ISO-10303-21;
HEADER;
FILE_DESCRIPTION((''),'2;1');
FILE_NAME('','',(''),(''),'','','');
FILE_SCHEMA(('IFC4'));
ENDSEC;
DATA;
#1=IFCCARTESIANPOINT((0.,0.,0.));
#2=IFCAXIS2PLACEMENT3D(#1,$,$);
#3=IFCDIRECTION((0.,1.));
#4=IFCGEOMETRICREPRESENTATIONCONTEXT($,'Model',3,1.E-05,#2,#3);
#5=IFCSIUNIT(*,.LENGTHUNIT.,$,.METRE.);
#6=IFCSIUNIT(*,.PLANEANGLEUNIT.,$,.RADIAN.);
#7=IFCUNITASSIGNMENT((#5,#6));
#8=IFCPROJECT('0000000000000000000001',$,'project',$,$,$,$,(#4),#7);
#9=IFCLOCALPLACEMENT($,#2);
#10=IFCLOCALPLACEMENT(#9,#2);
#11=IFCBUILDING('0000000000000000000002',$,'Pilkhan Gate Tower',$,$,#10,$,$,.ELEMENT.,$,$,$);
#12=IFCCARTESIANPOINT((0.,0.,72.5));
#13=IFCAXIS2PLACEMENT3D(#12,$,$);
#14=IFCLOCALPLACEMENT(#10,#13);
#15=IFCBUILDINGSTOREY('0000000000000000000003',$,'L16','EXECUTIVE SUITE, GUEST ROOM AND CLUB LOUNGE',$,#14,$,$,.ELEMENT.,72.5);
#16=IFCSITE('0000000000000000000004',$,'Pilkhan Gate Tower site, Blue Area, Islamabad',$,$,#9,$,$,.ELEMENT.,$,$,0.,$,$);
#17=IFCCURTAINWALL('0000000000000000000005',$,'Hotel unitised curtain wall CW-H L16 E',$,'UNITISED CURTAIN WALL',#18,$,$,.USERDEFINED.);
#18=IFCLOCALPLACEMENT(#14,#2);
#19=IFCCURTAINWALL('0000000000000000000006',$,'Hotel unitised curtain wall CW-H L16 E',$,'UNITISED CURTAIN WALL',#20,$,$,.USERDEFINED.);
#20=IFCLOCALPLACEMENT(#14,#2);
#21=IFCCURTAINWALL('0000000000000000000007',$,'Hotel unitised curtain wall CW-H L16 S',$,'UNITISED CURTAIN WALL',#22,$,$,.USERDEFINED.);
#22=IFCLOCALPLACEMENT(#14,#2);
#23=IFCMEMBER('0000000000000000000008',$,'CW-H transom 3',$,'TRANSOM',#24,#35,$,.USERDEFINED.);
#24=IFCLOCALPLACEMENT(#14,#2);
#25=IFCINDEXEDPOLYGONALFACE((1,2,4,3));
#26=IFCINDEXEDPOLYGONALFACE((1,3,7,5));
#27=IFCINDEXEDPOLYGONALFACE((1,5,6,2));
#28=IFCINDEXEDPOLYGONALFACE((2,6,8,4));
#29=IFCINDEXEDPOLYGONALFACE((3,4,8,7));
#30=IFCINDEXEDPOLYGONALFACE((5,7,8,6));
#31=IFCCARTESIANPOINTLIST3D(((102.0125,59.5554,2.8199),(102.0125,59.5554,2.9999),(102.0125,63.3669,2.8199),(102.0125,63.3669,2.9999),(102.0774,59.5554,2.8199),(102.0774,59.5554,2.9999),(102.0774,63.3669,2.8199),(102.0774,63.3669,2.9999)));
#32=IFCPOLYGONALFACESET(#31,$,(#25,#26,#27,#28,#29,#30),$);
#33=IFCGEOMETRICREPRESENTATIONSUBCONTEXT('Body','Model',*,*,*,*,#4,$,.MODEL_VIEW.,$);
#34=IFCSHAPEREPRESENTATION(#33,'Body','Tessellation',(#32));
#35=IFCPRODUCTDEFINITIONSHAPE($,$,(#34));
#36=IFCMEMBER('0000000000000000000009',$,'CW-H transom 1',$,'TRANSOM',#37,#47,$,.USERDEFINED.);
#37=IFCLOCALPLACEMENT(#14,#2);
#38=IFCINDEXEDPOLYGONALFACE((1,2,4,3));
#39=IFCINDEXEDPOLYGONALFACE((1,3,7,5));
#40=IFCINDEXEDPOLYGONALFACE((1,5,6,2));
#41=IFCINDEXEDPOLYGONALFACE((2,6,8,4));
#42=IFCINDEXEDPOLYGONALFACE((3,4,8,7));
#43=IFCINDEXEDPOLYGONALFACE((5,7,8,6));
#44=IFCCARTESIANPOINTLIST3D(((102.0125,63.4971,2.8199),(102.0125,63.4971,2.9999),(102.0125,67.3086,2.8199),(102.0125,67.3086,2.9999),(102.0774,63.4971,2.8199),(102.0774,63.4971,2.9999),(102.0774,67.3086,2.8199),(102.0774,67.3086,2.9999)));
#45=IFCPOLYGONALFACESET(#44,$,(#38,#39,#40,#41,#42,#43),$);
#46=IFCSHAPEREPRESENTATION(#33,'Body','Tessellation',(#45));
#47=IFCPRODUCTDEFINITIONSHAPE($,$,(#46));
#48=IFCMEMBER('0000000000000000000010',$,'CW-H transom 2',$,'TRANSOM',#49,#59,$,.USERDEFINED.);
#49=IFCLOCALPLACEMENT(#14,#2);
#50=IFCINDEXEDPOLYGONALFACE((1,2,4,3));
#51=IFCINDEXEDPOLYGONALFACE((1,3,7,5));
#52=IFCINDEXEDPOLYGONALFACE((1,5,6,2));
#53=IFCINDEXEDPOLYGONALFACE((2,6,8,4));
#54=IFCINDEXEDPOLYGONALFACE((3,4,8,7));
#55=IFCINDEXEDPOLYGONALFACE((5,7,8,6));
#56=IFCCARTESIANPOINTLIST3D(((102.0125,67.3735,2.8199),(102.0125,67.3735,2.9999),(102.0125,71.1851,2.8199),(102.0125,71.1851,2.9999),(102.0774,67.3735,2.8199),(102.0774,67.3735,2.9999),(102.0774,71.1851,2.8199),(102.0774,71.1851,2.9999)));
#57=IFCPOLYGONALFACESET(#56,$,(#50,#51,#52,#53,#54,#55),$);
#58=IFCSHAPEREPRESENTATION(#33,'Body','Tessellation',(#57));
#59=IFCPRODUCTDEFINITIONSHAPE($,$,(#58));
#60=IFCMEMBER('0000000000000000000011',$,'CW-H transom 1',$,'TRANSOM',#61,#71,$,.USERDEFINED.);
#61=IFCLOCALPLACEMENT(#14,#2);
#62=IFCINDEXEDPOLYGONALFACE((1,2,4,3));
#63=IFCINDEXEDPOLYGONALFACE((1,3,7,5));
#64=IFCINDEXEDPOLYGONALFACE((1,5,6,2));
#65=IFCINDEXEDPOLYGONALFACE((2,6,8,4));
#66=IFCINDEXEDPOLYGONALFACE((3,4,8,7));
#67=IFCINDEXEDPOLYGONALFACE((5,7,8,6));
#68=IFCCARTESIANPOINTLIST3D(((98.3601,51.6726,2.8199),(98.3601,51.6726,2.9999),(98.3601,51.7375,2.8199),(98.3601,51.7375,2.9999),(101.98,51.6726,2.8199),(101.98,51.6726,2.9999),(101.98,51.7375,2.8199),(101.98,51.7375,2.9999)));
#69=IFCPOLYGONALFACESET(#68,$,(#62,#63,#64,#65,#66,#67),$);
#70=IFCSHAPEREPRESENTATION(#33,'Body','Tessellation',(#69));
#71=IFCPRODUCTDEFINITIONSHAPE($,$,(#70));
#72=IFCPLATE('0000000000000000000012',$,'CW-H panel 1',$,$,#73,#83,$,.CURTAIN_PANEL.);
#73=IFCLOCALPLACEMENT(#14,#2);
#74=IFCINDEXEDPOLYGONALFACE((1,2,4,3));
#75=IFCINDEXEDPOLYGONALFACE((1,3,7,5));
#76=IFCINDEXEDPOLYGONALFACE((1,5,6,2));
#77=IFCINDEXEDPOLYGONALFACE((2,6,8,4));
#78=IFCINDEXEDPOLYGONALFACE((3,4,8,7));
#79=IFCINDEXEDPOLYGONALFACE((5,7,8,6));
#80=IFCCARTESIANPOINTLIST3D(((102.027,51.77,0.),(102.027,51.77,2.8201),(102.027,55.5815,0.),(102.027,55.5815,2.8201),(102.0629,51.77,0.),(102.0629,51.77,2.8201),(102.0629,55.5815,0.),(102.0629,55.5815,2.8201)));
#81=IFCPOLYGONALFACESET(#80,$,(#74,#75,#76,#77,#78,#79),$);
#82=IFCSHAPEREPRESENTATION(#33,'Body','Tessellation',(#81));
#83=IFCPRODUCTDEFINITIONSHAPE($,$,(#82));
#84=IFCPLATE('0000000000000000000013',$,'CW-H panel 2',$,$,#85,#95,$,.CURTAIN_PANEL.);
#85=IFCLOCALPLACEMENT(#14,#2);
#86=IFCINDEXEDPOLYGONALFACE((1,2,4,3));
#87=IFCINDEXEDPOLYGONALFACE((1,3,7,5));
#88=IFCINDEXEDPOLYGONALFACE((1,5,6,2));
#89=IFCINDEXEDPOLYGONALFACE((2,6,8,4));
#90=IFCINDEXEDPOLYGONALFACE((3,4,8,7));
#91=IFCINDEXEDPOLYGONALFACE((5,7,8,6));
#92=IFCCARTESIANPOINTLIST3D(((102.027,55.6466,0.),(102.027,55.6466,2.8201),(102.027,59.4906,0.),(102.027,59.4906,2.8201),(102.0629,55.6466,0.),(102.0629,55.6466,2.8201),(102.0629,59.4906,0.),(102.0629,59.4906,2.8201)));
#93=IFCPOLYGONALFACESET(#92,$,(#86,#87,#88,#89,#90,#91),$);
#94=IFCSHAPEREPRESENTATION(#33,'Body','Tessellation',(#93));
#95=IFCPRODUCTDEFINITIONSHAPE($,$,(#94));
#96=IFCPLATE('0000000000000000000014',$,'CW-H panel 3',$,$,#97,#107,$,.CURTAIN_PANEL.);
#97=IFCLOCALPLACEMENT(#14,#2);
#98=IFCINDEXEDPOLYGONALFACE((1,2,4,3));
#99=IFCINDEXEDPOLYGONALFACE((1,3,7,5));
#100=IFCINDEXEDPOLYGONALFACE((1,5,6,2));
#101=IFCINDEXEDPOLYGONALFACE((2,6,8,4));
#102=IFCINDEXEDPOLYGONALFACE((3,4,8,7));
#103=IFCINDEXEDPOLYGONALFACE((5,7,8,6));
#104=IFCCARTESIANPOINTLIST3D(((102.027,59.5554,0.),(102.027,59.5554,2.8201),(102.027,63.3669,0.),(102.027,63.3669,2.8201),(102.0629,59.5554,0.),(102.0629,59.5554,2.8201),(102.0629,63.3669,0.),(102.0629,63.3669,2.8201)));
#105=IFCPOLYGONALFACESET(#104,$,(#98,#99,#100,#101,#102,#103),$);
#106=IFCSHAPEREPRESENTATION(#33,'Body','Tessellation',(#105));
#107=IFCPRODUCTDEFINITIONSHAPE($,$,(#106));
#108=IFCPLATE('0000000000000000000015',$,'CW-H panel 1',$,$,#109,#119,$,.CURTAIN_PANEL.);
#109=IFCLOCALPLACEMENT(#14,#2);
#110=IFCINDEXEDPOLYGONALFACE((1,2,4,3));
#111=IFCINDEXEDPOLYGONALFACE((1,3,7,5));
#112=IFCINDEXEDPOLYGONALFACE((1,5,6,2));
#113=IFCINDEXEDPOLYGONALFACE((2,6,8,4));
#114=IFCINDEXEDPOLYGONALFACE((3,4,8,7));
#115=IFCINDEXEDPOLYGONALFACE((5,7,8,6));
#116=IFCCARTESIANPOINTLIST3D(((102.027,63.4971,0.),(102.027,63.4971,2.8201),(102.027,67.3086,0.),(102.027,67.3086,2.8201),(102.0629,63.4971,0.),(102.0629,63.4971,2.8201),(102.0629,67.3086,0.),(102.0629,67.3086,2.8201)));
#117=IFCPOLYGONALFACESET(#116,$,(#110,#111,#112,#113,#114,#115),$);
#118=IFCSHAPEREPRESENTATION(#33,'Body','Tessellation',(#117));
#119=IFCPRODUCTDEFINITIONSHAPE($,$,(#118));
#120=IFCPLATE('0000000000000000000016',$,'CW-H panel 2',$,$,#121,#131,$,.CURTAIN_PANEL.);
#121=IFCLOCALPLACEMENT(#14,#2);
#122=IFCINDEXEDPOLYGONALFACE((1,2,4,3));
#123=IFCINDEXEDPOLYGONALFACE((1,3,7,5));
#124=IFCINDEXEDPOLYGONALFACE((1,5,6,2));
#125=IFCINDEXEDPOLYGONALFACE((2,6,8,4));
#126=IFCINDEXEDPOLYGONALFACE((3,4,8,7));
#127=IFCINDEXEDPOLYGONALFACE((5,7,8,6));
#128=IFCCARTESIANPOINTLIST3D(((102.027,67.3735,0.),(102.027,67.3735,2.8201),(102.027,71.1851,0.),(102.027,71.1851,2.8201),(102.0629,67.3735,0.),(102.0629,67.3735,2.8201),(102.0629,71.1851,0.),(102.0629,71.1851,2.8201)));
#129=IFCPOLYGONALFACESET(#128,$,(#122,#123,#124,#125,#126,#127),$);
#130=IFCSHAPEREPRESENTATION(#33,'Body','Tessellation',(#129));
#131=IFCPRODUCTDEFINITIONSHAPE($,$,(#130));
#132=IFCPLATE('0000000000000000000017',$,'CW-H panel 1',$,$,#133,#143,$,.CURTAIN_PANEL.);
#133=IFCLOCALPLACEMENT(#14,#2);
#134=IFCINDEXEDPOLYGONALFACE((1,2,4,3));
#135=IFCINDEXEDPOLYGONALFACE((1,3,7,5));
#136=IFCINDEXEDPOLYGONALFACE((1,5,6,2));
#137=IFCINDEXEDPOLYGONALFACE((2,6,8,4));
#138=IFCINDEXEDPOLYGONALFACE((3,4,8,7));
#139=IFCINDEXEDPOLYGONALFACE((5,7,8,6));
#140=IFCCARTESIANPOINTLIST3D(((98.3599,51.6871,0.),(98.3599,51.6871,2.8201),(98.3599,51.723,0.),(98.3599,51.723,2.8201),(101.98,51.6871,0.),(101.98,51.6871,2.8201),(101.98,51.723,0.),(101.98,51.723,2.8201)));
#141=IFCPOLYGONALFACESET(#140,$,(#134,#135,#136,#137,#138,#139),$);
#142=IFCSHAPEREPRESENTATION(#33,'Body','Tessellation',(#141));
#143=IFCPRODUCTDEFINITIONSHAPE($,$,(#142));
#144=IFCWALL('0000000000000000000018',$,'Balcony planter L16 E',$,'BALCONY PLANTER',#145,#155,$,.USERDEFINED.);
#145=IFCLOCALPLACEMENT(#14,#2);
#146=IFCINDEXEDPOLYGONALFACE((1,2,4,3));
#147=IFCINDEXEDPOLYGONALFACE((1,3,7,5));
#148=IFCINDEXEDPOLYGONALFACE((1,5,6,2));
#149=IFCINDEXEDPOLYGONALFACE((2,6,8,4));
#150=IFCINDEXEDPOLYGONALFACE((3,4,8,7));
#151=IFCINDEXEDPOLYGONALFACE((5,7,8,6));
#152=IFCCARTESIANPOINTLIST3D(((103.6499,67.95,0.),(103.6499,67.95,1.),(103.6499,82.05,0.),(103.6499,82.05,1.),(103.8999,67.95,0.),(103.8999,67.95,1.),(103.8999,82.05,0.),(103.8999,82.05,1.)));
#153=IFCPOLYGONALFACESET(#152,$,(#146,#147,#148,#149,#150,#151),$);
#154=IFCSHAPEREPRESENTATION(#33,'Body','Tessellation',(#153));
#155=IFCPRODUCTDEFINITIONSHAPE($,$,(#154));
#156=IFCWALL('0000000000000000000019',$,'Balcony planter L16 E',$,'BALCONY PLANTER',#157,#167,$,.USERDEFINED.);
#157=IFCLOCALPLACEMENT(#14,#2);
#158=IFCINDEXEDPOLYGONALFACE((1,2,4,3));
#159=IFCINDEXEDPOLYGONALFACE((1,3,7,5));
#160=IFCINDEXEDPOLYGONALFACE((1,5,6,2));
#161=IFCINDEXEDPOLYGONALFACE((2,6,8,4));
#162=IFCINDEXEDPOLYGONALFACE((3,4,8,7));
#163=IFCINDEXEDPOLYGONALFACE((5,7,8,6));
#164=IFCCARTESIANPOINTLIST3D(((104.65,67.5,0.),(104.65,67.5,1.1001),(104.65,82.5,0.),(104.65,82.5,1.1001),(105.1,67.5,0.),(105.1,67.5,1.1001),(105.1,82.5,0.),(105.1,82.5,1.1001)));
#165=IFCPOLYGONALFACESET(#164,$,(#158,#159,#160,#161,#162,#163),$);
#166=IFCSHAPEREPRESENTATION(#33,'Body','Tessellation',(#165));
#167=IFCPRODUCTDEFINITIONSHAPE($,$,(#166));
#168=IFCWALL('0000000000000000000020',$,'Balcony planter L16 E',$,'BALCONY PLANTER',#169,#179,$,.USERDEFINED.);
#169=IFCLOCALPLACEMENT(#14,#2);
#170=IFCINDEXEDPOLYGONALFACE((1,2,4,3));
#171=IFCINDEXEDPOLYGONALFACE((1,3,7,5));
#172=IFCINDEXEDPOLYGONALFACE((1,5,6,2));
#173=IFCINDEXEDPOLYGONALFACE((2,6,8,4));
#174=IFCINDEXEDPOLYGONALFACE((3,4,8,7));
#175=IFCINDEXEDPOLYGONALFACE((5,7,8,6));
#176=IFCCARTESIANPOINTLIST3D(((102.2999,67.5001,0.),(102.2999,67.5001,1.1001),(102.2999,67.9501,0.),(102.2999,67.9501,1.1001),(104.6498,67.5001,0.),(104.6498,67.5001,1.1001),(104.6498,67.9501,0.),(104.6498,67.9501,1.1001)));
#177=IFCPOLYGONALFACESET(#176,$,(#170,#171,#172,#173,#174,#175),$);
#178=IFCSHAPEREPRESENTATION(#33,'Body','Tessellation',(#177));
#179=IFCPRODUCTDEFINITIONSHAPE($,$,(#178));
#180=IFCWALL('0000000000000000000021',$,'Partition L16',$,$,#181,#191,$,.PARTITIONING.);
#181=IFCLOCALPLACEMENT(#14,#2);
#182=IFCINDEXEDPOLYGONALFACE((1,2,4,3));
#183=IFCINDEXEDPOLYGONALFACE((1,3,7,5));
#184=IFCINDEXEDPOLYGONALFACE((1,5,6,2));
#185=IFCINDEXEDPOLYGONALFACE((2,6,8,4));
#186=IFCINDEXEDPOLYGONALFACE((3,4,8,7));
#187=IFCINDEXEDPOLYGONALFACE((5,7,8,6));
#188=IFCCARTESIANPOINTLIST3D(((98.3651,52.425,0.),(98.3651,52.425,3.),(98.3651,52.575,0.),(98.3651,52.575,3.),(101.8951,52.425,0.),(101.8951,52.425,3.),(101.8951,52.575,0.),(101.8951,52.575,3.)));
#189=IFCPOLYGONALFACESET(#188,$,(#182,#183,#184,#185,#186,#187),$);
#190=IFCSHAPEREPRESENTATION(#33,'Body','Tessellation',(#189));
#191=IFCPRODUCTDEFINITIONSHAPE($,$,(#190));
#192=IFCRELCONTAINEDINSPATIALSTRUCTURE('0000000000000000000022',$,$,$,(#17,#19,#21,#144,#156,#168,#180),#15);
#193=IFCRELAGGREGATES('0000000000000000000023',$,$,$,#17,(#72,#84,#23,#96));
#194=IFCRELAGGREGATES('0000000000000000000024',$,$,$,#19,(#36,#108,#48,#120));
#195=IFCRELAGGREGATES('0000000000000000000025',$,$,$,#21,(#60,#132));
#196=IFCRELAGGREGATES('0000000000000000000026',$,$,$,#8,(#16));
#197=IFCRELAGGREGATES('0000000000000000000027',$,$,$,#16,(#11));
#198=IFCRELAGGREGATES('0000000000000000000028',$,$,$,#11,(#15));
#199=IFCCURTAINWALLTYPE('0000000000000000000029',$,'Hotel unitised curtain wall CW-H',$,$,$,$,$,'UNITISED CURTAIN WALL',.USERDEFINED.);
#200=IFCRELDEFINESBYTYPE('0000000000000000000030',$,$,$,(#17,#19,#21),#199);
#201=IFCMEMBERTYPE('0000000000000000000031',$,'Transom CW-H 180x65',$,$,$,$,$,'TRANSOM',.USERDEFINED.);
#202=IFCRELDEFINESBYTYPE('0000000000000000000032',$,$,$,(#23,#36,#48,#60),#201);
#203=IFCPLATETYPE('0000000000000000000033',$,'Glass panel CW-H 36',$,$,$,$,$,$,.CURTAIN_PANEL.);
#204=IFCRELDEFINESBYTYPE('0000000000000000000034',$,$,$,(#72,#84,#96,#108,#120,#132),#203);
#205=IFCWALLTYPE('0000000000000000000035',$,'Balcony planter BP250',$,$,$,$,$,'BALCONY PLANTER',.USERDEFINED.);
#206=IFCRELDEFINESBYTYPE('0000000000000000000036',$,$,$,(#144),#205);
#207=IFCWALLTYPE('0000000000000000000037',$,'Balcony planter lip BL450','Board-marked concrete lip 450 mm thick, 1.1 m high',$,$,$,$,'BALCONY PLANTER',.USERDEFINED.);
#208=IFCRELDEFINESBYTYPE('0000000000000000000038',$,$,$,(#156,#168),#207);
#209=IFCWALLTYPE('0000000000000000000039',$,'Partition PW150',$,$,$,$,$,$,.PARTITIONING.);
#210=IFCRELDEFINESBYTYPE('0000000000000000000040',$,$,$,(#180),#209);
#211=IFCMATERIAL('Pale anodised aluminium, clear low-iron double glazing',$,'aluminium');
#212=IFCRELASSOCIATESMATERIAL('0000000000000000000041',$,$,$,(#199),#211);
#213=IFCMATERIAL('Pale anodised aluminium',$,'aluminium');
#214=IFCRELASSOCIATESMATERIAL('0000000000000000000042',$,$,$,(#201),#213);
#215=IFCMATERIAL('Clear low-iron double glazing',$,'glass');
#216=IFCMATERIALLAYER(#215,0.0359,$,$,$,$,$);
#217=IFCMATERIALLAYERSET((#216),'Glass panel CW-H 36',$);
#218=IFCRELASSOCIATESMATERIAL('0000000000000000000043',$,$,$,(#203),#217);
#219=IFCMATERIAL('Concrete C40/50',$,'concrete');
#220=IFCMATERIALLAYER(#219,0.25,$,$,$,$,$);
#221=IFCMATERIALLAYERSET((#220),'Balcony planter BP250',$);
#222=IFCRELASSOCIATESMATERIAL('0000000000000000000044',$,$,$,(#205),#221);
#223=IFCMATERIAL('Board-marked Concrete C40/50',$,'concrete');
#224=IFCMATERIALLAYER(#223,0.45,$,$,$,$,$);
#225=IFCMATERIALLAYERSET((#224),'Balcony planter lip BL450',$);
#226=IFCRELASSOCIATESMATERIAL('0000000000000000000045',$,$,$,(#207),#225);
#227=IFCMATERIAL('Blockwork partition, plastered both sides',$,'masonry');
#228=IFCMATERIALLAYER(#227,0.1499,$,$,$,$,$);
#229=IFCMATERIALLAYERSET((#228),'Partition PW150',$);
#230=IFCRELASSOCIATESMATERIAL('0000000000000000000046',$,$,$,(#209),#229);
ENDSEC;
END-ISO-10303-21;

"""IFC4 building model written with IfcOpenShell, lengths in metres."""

from ifc_helpers import new_model, si_unit, direction, frame, frame_2d, origin, origin_2d, place, context, subcontext, project, spatial, rectangle, extrude, material, layer, layer_set, material_profile, profile_set, type_object, element, aggregate, save


model = new_model("IFC4")

# Units and contexts
model_context = context("Model", 3, precision=1e-05, world=origin(), true_north=direction((0.0, 1.0)))
body_context = subcontext(model_context, "Body", "Model", "MODEL_VIEW")
ifc_project = project(units=[si_unit("LENGTHUNIT", "METRE"), si_unit("PLANEANGLEUNIT", "RADIAN")], contexts=[model_context])

# Site, building, storey
site_placement = place(None, origin())
site = spatial("IfcSite", under=ifc_project, at=site_placement, Name="Pilkhan Gate Tower site, Blue Area, Islamabad", CompositionType="ELEMENT", RefElevation=0.0)
building_placement = place(site_placement, origin())
building = spatial("IfcBuilding", under=site, at=building_placement, Name="Pilkhan Gate Tower", CompositionType="ELEMENT")
storey_placement = place(building_placement, frame((0.0, 0.0, 72.5)))
storey = spatial("IfcBuildingStorey", under=building, at=storey_placement, Name="L16", Description="EXECUTIVE SUITE, GUEST ROOM AND CLUB LOUNGE", CompositionType="ELEMENT", Elevation=72.5)

# Curtain walls
ifc_material_1 = material(Name="Pale anodised aluminium, clear low-iron double glazing", Category="aluminium")
curtain_wall_type = type_object("IfcCurtainWallType", Name="Hotel unitised curtain wall CW-H", ElementType="UNITISED CURTAIN WALL", PredefinedType="USERDEFINED", material=ifc_material_1)
curtain_wall_1_placement = place(storey_placement, origin())
curtain_wall_1 = element("IfcCurtainWall", 1, at=curtain_wall_1_placement, inside=storey, type_object=curtain_wall_type, Name="Hotel unitised curtain wall CW-H L16 E", ObjectType="UNITISED CURTAIN WALL", PredefinedType="USERDEFINED")
ifc_material_2 = material(Name="Pale anodised aluminium", Category="aluminium")
curtain_wall_2_placement = place(storey_placement, origin())
curtain_wall_2 = element("IfcCurtainWall", 2, at=curtain_wall_2_placement, inside=storey, type_object=curtain_wall_type, Name="Hotel unitised curtain wall CW-H L16 E", ObjectType="UNITISED CURTAIN WALL", PredefinedType="USERDEFINED")
curtain_wall_3_placement = place(storey_placement, origin())
curtain_wall_3 = element("IfcCurtainWall", 3, at=curtain_wall_3_placement, inside=storey, type_object=curtain_wall_type, Name="Hotel unitised curtain wall CW-H L16 S", ObjectType="UNITISED CURTAIN WALL", PredefinedType="USERDEFINED")

# Members
ifc_material_profile_1 = material_profile(ifc_material_2, rectangle(XDim=0.0649, YDim=0.1799, at=origin_2d()), Name="Transom 180x65")
ifc_profile_set_1 = profile_set([ifc_material_profile_1], Name="Pale anodised aluminium")
member_type_1 = type_object("IfcMemberType", Name="Transom CW-H 180x65", ElementType="TRANSOM", PredefinedType="USERDEFINED", material=ifc_profile_set_1)
member_1_placement = place(storey_placement, frame((102.0449, 59.5554, 2.9099), z_axis=(0.0, 1.0, 0.0), x_axis=(-1.0, 0.0, 0.0)))
member_1 = element("IfcMember", 4, at=member_1_placement, type_object=member_type_1, Name="CW-H transom 3", ObjectType="TRANSOM", PredefinedType="USERDEFINED", context=body_context, shape_type="SweptSolid", body=[
    extrude(rectangle(XDim=0.0649, YDim=0.1799, at=origin_2d()), origin(), (0.0, 0.0, 1.0), 3.8115),
])
member_2_placement = place(storey_placement, frame((102.0449, 63.4971, 2.9099), z_axis=(0.0, 1.0, 0.0), x_axis=(-1.0, 0.0, 0.0)))
member_2 = element("IfcMember", 5, at=member_2_placement, type_object=member_type_1, Name="CW-H transom 1", ObjectType="TRANSOM", PredefinedType="USERDEFINED", context=body_context, shape_type="SweptSolid", body=[
    extrude(rectangle(XDim=0.0649, YDim=0.1799, at=origin_2d()), origin(), (0.0, 0.0, 1.0), 3.8115),
])
member_3_placement = place(storey_placement, frame((102.0449, 67.3735, 2.9099), z_axis=(0.0, 1.0, 0.0), x_axis=(-1.0, 0.0, 0.0)))
member_3 = element("IfcMember", 6, at=member_3_placement, type_object=member_type_1, Name="CW-H transom 2", ObjectType="TRANSOM", PredefinedType="USERDEFINED", context=body_context, shape_type="SweptSolid", body=[
    extrude(rectangle(XDim=0.0649, YDim=0.1799, at=origin_2d()), origin(), (0.0, 0.0, 1.0), 3.8115),
])
member_4_placement = place(storey_placement, frame((98.3601, 51.7051, 2.9099), z_axis=(1.0, 0.0, 0.0), x_axis=(0.0, 1.0, 0.0)))
member_4 = element("IfcMember", 7, at=member_4_placement, type_object=member_type_1, Name="CW-H transom 1", ObjectType="TRANSOM", PredefinedType="USERDEFINED", context=body_context, shape_type="SweptSolid", body=[
    extrude(rectangle(XDim=0.0649, YDim=0.1799, at=origin_2d()), origin(), (0.0, 0.0, 1.0), 3.6199),
])

# Plates
ifc_material_3 = material(Name="Clear low-iron double glazing", Category="glass")
ifc_layer_1 = layer(ifc_material_3, 0.0359)
ifc_layer_set_1 = layer_set([ifc_layer_1], Name="Glass panel CW-H 36")
plate_type = type_object("IfcPlateType", Name="Glass panel CW-H 36", PredefinedType="CURTAIN_PANEL", material=ifc_layer_set_1)
plate_1_placement = place(storey_placement, frame((102.0449, 53.6758, 0.0), z_axis=(0.0, 0.0, 1.0), x_axis=(0.0, 1.0, 0.0)))
plate_1 = element("IfcPlate", 8, at=plate_1_placement, type_object=plate_type, Name="CW-H panel 1", PredefinedType="CURTAIN_PANEL", context=body_context, shape_type="SweptSolid", body=[
    extrude(rectangle(XDim=3.8115, YDim=0.0359, at=origin_2d()), origin(), (0.0, 0.0, 1.0), 2.8201),
])
plate_2_placement = place(storey_placement, frame((102.0449, 57.5686, 0.0), z_axis=(0.0, 0.0, 1.0), x_axis=(0.0, 1.0, 0.0)))
plate_2 = element("IfcPlate", 9, at=plate_2_placement, type_object=plate_type, Name="CW-H panel 2", PredefinedType="CURTAIN_PANEL", context=body_context, shape_type="SweptSolid", body=[
    extrude(rectangle(XDim=3.844, YDim=0.0359, at=origin_2d()), origin(), (0.0, 0.0, 1.0), 2.8201),
])
plate_3_placement = place(storey_placement, frame((102.0449, 61.4612, 0.0), z_axis=(0.0, 0.0, 1.0), x_axis=(0.0, 1.0, 0.0)))
plate_3 = element("IfcPlate", 10, at=plate_3_placement, type_object=plate_type, Name="CW-H panel 3", PredefinedType="CURTAIN_PANEL", context=body_context, shape_type="SweptSolid", body=[
    extrude(rectangle(XDim=3.8115, YDim=0.0359, at=origin_2d()), origin(), (0.0, 0.0, 1.0), 2.8201),
])
aggregate(curtain_wall_1, [plate_1, plate_2, member_1, plate_3])
plate_4_placement = place(storey_placement, frame((102.0449, 65.4028, 0.0), z_axis=(0.0, 0.0, 1.0), x_axis=(0.0, 1.0, 0.0)))
plate_4 = element("IfcPlate", 11, at=plate_4_placement, type_object=plate_type, Name="CW-H panel 1", PredefinedType="CURTAIN_PANEL", context=body_context, shape_type="SweptSolid", body=[
    extrude(rectangle(XDim=3.8115, YDim=0.0359, at=origin_2d()), origin(), (0.0, 0.0, 1.0), 2.8201),
])
plate_5_placement = place(storey_placement, frame((102.0449, 69.2793, 0.0), z_axis=(0.0, 0.0, 1.0), x_axis=(0.0, 1.0, 0.0)))
plate_5 = element("IfcPlate", 12, at=plate_5_placement, type_object=plate_type, Name="CW-H panel 2", PredefinedType="CURTAIN_PANEL", context=body_context, shape_type="SweptSolid", body=[
    extrude(rectangle(XDim=3.8115, YDim=0.0359, at=origin_2d()), origin(), (0.0, 0.0, 1.0), 2.8201),
])
aggregate(curtain_wall_2, [member_2, plate_4, member_3, plate_5])
plate_6_placement = place(storey_placement, frame((100.1699, 51.7051, 0.0), z_axis=(0.0, 0.0, 1.0), x_axis=(1.0, 0.0, 0.0)))
plate_6 = element("IfcPlate", 13, at=plate_6_placement, type_object=plate_type, Name="CW-H panel 1", PredefinedType="CURTAIN_PANEL", context=body_context, shape_type="SweptSolid", body=[
    extrude(rectangle(XDim=3.6201, YDim=0.0359, at=origin_2d()), origin(), (0.0, 0.0, 1.0), 2.8201),
])
aggregate(curtain_wall_3, [member_4, plate_6])

# Walls
ifc_material_4 = material(Name="Concrete C40/50", Category="concrete")
ifc_layer_2 = layer(ifc_material_4, 0.25)
ifc_layer_set_2 = layer_set([ifc_layer_2], Name="Balcony planter BP250")
wall_type_1 = type_object("IfcWallType", Name="Balcony planter BP250", ElementType="BALCONY PLANTER", PredefinedType="USERDEFINED", material=ifc_layer_set_2)
wall_1_placement = place(storey_placement, frame((103.7749, 67.95, 0.0), z_axis=(0.0, 0.0, 1.0), x_axis=(0.0, 1.0, 0.0)))
element("IfcWall", 14, at=wall_1_placement, inside=storey, type_object=wall_type_1, Name="Balcony planter L16 E", ObjectType="BALCONY PLANTER", PredefinedType="USERDEFINED", context=body_context, shape_type="SweptSolid", body=[
    extrude(rectangle(XDim=14.1001, YDim=0.25, at=frame_2d((7.05, 0.0))), origin(), (0.0, 0.0, 1.0), 1.0),
])
ifc_material_5 = material(Name="Board-marked Concrete C40/50", Category="concrete")
ifc_layer_3 = layer(ifc_material_5, 0.45)
ifc_layer_set_3 = layer_set([ifc_layer_3], Name="Balcony planter lip BL450")
wall_type_2 = type_object("IfcWallType", Name="Balcony planter lip BL450", Description="Board-marked concrete lip 450 mm thick, 1.1 m high", ElementType="BALCONY PLANTER", PredefinedType="USERDEFINED", material=ifc_layer_set_3)
wall_2_placement = place(storey_placement, frame((104.875, 67.5, 0.0), z_axis=(0.0, 0.0, 1.0), x_axis=(0.0, 1.0, 0.0)))
element("IfcWall", 15, at=wall_2_placement, inside=storey, type_object=wall_type_2, Name="Balcony planter L16 E", ObjectType="BALCONY PLANTER", PredefinedType="USERDEFINED", context=body_context, shape_type="SweptSolid", body=[
    extrude(rectangle(XDim=15.0, YDim=0.45, at=frame_2d((7.5, 0.0))), origin(), (0.0, 0.0, 1.0), 1.1001),
])
wall_3_placement = place(storey_placement, frame((102.3, 67.7251, 0.0), z_axis=(0.0, 0.0, 1.0), x_axis=(1.0, 0.0, 0.0)))
element("IfcWall", 16, at=wall_3_placement, inside=storey, type_object=wall_type_2, Name="Balcony planter L16 E", ObjectType="BALCONY PLANTER", PredefinedType="USERDEFINED", context=body_context, shape_type="SweptSolid", body=[
    extrude(rectangle(XDim=2.3499, YDim=0.45, at=frame_2d((1.1748, 0.0))), origin(), (0.0, 0.0, 1.0), 1.1001),
])
ifc_material_6 = material(Name="Blockwork partition, plastered both sides", Category="masonry")
ifc_layer_4 = layer(ifc_material_6, 0.1499)
ifc_layer_set_4 = layer_set([ifc_layer_4], Name="Partition PW150")
wall_type_3 = type_object("IfcWallType", Name="Partition PW150", PredefinedType="PARTITIONING", material=ifc_layer_set_4)
wall_4_placement = place(storey_placement, frame((98.365, 52.5, 0.0), z_axis=(0.0, 0.0, 1.0), x_axis=(1.0, 0.0, 0.0)))
element("IfcWall", 17, at=wall_4_placement, inside=storey, type_object=wall_type_3, Name="Partition L16", PredefinedType="PARTITIONING", context=body_context, shape_type="SweptSolid", body=[
    extrude(rectangle(XDim=3.53, YDim=0.1499, at=frame_2d((1.7651, 0.0))), origin(), (0.0, 0.0, 1.0), 3.0),
])

save(model, "model.ifc")
